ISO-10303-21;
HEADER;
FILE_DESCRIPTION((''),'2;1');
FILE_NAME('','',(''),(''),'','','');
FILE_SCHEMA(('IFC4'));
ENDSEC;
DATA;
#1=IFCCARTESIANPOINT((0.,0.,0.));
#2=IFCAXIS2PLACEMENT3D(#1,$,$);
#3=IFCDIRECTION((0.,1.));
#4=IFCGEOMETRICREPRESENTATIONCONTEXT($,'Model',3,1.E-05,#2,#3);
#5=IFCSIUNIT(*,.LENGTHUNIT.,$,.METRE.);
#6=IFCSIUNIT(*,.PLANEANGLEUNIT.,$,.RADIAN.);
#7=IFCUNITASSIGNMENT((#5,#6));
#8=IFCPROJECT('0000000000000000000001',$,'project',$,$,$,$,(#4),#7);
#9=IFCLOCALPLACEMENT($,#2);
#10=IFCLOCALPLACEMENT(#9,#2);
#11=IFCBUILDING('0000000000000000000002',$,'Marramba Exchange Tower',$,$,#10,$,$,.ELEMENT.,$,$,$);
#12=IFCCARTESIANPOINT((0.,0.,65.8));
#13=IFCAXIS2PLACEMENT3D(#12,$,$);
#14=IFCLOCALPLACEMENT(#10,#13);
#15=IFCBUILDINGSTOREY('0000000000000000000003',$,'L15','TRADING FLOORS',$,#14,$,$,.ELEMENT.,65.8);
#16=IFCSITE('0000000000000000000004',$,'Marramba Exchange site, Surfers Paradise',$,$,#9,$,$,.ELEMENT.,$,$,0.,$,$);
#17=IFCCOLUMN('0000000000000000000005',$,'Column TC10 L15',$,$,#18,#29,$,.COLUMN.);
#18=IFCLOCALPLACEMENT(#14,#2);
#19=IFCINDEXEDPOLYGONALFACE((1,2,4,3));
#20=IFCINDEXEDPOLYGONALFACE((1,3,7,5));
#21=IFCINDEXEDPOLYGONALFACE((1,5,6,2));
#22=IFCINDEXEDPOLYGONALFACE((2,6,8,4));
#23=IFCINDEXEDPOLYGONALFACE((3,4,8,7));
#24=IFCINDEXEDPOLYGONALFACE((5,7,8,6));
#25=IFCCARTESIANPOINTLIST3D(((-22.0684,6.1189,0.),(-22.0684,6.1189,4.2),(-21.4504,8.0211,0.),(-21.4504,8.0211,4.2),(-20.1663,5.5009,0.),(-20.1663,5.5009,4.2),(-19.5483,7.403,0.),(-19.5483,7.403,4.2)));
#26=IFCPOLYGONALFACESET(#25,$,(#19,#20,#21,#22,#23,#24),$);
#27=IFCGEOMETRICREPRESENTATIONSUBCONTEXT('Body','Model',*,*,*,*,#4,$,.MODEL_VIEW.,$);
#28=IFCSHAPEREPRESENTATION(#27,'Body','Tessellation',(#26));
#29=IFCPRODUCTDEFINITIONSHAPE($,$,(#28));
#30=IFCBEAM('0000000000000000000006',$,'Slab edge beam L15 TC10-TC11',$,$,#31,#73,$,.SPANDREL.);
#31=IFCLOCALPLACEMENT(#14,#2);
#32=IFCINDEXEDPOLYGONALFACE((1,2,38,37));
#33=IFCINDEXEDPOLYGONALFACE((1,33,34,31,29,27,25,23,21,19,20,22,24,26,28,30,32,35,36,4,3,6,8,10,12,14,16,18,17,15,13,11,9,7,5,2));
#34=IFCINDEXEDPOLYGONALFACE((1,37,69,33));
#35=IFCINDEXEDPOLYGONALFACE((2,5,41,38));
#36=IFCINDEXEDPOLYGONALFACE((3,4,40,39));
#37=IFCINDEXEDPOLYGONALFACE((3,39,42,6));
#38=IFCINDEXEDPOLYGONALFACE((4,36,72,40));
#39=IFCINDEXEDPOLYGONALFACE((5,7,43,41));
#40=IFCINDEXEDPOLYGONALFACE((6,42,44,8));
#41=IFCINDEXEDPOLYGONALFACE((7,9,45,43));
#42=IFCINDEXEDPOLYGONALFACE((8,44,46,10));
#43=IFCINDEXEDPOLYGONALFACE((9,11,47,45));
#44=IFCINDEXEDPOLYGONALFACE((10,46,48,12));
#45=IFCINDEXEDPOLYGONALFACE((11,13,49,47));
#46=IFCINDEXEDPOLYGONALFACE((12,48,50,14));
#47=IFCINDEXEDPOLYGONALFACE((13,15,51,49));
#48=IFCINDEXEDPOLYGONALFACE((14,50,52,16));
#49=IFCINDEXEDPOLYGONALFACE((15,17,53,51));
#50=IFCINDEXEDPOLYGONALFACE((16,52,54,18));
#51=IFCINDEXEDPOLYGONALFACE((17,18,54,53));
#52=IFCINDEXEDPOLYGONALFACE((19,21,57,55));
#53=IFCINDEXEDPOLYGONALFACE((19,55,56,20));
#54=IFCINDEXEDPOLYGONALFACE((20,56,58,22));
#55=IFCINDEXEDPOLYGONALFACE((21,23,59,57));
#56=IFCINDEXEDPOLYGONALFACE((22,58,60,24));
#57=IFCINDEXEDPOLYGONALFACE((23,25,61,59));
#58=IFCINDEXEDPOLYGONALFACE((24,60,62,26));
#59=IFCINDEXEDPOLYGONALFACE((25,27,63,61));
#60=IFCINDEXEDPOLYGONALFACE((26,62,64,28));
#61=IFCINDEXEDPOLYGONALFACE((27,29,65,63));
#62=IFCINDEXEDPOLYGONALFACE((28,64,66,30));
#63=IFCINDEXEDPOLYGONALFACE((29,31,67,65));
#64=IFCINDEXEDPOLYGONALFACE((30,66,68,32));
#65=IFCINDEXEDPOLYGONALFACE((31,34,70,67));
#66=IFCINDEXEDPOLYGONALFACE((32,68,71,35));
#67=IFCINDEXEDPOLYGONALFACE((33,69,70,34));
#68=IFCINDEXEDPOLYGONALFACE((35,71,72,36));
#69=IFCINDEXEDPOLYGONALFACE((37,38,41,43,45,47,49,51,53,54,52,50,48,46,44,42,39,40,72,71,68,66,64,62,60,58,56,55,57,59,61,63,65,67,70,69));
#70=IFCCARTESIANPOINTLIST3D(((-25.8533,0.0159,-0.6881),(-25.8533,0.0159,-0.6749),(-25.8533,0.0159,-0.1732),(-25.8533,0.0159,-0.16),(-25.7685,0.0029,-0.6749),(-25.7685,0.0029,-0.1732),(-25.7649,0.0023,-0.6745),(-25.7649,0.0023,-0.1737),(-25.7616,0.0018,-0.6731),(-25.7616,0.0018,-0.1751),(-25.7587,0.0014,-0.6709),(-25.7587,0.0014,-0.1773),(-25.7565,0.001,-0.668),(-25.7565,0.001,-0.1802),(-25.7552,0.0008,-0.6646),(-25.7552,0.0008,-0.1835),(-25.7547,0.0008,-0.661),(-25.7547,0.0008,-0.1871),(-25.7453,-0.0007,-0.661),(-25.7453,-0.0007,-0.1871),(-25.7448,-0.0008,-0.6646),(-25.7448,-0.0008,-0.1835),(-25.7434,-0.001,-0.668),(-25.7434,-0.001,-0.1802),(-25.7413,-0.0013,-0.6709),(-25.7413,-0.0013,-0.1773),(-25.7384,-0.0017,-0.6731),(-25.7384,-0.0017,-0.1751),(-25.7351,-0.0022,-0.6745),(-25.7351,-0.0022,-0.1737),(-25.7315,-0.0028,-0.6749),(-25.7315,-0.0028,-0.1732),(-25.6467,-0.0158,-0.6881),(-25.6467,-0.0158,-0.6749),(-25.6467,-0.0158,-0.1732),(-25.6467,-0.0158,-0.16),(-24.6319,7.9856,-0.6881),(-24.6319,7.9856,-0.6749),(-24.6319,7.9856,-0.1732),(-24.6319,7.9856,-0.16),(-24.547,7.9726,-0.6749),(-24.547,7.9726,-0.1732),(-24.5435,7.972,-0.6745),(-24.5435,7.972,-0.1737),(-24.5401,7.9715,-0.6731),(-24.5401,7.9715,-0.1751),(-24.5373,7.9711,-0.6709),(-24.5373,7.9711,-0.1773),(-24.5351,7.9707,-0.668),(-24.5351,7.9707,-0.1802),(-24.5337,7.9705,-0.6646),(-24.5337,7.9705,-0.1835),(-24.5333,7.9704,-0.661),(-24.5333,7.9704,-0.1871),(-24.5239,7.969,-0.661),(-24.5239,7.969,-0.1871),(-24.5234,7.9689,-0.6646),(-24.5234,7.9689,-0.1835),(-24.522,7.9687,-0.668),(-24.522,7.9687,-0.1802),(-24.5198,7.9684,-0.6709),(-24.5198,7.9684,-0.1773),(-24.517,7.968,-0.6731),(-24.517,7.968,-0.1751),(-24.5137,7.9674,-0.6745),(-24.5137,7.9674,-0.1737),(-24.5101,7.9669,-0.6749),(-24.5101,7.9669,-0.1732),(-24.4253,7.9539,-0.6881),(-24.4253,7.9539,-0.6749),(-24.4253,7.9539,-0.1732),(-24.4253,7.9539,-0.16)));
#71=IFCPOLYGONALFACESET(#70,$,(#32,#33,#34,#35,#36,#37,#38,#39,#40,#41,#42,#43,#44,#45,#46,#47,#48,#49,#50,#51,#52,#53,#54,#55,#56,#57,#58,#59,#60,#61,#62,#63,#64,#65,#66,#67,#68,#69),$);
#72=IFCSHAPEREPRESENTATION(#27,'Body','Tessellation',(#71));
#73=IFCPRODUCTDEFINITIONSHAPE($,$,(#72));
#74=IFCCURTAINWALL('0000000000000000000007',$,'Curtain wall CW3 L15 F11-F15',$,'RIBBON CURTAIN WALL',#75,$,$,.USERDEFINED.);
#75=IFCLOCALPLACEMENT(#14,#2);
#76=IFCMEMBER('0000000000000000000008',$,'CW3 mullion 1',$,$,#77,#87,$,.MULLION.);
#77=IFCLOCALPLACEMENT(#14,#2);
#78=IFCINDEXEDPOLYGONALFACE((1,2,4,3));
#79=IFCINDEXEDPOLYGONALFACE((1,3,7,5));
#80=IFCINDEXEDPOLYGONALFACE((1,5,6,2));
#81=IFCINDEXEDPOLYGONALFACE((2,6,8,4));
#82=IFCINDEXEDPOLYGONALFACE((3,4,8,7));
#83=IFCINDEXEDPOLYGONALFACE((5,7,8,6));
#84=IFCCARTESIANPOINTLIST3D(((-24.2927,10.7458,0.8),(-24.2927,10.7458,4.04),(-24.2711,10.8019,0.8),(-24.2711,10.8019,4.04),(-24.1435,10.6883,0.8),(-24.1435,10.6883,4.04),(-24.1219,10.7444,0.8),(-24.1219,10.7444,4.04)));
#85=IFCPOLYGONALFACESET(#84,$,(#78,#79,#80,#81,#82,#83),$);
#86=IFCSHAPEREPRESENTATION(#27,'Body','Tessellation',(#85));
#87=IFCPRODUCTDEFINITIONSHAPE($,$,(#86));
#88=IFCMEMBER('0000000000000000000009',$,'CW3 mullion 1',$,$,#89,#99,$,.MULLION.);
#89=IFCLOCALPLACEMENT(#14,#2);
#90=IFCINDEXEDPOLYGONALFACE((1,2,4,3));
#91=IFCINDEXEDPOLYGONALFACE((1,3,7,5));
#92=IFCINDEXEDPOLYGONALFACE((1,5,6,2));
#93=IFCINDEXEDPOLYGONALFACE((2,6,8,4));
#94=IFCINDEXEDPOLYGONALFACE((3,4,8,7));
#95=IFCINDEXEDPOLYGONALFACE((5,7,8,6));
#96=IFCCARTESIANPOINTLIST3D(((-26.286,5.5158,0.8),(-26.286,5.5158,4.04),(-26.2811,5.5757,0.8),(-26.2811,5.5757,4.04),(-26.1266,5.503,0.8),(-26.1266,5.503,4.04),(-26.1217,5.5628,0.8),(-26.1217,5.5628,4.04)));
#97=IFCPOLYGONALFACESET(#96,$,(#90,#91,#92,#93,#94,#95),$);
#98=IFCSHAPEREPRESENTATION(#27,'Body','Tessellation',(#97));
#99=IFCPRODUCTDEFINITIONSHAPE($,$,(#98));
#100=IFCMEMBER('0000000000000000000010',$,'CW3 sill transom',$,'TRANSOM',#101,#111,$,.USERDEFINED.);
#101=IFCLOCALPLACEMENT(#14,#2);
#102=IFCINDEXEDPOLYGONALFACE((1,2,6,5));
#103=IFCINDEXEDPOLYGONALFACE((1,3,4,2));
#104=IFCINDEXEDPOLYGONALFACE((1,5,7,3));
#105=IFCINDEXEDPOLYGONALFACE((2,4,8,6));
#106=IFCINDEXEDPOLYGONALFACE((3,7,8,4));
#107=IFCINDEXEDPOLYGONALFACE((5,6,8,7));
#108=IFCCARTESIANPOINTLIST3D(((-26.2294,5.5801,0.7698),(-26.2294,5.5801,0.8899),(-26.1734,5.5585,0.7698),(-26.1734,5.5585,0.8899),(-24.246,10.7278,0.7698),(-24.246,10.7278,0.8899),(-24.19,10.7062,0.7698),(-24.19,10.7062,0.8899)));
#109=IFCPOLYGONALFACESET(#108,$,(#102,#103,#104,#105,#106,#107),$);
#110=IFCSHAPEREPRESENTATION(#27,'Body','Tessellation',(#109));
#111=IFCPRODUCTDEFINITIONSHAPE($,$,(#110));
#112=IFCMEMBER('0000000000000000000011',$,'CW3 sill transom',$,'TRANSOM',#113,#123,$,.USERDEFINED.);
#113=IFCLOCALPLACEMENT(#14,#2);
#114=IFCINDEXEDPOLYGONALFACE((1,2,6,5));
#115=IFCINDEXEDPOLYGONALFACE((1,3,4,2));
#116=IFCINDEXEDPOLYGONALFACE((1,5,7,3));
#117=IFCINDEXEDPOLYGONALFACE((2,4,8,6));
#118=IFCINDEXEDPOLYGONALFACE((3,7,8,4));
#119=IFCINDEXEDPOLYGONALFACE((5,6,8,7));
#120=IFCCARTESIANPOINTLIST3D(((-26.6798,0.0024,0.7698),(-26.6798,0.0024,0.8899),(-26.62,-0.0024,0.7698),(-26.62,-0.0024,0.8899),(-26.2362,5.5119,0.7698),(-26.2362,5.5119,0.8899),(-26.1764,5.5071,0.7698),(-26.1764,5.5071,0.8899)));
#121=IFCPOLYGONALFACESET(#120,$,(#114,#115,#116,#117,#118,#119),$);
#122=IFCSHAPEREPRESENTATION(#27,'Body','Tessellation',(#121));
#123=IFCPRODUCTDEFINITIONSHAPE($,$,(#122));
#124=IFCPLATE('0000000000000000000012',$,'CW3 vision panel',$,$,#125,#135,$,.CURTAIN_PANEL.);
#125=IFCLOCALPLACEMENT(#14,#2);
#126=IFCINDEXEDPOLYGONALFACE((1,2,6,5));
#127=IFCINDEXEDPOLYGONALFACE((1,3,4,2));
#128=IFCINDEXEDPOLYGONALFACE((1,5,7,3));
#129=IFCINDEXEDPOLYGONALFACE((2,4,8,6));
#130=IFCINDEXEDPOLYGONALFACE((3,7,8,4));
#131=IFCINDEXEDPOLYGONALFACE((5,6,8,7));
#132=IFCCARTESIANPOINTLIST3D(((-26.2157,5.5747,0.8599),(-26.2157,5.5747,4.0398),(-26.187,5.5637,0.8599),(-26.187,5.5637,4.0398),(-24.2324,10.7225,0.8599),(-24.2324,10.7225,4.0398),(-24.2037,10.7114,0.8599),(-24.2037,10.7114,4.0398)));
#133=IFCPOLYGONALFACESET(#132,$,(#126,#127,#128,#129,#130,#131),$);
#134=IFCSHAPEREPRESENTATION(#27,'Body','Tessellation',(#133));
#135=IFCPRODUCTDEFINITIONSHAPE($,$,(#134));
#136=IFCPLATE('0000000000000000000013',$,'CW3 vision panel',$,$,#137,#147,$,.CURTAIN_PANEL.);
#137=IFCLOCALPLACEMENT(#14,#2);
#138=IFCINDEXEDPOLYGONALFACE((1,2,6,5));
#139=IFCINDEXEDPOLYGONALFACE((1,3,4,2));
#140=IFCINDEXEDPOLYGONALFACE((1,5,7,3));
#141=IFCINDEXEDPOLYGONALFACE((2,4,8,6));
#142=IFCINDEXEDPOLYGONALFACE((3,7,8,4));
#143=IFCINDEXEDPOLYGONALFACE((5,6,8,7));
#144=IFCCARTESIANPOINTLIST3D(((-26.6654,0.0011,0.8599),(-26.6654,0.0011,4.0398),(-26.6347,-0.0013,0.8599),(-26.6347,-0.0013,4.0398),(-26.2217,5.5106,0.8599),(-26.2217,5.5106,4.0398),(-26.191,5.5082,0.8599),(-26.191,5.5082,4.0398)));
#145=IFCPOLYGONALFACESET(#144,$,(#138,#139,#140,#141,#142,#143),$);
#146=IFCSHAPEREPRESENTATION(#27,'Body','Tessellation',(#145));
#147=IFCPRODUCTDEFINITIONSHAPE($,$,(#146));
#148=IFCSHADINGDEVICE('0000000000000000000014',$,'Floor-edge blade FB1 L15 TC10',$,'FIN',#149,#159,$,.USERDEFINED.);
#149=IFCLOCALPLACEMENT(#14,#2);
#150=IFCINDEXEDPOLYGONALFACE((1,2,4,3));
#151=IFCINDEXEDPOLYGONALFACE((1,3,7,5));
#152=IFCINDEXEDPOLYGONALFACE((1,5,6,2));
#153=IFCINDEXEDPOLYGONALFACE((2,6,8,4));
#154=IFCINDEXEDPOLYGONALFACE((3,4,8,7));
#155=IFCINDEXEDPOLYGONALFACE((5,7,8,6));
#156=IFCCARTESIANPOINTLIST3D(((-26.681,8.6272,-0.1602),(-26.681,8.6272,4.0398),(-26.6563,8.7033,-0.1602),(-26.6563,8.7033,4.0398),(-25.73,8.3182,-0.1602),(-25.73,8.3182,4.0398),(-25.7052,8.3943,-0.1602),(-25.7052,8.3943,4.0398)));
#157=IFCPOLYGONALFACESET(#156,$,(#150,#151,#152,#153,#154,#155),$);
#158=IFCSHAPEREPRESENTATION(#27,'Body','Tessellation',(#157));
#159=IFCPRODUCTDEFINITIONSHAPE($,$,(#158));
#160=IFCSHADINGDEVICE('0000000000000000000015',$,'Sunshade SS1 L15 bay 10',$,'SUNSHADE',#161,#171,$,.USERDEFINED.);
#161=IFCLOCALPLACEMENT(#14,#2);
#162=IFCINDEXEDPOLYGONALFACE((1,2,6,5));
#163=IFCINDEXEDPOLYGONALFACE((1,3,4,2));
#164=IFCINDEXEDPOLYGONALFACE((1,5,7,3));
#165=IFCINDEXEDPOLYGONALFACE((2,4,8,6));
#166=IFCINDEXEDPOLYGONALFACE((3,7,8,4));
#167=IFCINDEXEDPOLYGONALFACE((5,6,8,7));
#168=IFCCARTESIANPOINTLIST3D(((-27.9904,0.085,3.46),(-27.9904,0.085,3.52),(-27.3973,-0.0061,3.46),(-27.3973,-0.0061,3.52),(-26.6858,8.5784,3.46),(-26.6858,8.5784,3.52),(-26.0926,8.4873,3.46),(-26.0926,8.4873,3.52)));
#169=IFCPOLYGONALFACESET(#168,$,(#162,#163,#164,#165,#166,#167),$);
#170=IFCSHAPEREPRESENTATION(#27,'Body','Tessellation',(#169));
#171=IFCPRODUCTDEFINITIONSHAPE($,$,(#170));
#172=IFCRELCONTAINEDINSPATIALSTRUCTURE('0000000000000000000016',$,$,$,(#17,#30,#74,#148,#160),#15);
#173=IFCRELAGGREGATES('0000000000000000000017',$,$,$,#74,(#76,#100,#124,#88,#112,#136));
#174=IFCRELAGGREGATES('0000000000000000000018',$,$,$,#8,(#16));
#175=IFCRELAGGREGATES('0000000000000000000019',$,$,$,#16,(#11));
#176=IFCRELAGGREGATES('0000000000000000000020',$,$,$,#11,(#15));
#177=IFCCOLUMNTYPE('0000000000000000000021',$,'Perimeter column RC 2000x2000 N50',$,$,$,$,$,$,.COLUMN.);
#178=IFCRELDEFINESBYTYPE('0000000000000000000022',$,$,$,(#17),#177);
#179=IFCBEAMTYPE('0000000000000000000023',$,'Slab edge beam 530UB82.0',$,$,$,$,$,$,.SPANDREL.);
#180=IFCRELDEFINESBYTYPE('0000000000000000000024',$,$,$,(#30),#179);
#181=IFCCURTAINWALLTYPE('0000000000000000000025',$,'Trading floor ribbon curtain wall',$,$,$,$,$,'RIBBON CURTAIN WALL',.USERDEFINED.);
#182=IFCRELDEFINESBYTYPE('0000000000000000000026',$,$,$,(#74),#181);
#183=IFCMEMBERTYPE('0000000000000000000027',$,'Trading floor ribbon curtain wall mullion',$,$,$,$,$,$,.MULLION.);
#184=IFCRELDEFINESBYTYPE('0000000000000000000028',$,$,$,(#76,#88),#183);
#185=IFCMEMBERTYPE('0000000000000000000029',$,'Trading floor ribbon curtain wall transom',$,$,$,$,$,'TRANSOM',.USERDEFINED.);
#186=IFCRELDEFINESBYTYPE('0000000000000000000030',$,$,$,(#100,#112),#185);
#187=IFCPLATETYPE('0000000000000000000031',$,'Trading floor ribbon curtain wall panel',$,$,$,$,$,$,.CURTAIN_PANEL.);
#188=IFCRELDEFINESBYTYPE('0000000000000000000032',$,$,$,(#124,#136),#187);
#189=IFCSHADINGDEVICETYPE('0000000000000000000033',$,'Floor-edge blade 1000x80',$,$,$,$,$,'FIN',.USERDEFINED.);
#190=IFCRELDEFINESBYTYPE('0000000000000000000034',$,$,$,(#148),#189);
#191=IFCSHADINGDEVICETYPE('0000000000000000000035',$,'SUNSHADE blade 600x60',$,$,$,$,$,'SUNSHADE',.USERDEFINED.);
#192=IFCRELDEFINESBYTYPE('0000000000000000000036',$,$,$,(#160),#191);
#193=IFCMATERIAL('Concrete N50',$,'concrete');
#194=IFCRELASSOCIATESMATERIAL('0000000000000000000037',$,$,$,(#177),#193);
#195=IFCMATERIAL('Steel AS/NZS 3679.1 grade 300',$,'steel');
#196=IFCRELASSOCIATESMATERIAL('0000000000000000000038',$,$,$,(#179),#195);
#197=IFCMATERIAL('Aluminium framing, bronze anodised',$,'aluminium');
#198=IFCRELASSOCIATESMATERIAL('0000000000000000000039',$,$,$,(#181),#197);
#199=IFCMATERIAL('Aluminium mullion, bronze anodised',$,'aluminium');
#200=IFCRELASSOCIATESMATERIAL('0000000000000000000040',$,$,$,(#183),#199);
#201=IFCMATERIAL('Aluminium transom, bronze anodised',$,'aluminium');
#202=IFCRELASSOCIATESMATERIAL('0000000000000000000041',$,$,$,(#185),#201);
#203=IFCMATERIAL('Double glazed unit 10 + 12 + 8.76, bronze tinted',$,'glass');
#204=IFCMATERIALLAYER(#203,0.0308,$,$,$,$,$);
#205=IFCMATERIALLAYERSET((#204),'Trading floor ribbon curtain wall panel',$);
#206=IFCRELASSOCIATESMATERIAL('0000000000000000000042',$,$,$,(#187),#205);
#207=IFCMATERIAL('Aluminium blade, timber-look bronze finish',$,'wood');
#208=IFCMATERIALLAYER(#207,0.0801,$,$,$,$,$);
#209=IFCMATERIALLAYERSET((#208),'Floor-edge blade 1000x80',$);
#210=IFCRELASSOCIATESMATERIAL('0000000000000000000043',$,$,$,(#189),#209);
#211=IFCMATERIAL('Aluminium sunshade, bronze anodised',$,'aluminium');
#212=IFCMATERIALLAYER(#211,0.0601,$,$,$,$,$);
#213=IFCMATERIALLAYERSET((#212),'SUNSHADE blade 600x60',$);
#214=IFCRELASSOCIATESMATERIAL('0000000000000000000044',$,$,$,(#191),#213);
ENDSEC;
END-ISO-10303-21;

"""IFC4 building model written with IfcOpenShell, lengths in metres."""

from ifc_helpers import new_model, si_unit, direction, frame, origin, origin_2d, place, context, subcontext, project, spatial, rectangle, i_section, extrude, material, layer, layer_set, material_profile, profile_set, type_object, element, aggregate, save


model = new_model("IFC4")

# Units and contexts
model_context = context("Model", 3, precision=1e-05, world=origin(), true_north=direction((0.0, 1.0)))
body_context = subcontext(model_context, "Body", "Model", "MODEL_VIEW")
ifc_project = project(units=[si_unit("LENGTHUNIT", "METRE"), si_unit("PLANEANGLEUNIT", "RADIAN")], contexts=[model_context])

# Site, building, storey
site_placement = place(None, origin())
site = spatial("IfcSite", under=ifc_project, at=site_placement, Name="Marramba Exchange site, Surfers Paradise", CompositionType="ELEMENT", RefElevation=0.0)
building_placement = place(site_placement, origin())
building = spatial("IfcBuilding", under=site, at=building_placement, Name="Marramba Exchange Tower", CompositionType="ELEMENT")
storey_placement = place(building_placement, frame((0.0, 0.0, 65.8)))
storey = spatial("IfcBuildingStorey", under=building, at=storey_placement, Name="L15", Description="TRADING FLOORS", CompositionType="ELEMENT", Elevation=65.8)

# Column
ifc_material_1 = material(Name="Concrete N50", Category="concrete")
ifc_material_profile_1 = material_profile(ifc_material_1, rectangle(XDim=2.0, YDim=2.0, at=origin_2d()), Name="RC 2000x2000")
ifc_profile_set_1 = profile_set([ifc_material_profile_1], Name="Concrete N50")
column_type = type_object("IfcColumnType", Name="Perimeter column RC 2000x2000 N50", PredefinedType="COLUMN", material=ifc_profile_set_1)
column_placement = place(storey_placement, frame((-20.8083, 6.761, 0.0), z_axis=(0.0, 0.0, 1.0), x_axis=(-0.951057, 0.309017, 0.0)))
element("IfcColumn", 1, at=column_placement, inside=storey, type_object=column_type, Name="Column TC10 L15", PredefinedType="COLUMN", context=body_context, shape_type="SweptSolid", body=[
    extrude(rectangle(XDim=2.0, YDim=2.0, at=origin_2d()), origin(), (0.0, 0.0, 1.0), 4.2),
])

# Beam
ifc_material_2 = material(Name="Steel AS/NZS 3679.1 grade 300", Category="steel")
ifc_material_profile_2 = material_profile(ifc_material_2, i_section(OverallWidth=0.209, OverallDepth=0.5281, WebThickness=0.0095, FlangeThickness=0.0132, FilletRadius=0.0139, at=origin_2d()), Name="530UB82.0")
ifc_profile_set_2 = profile_set([ifc_material_profile_2], Name="Steel AS/NZS 3679.1 grade 300")
beam_type = type_object("IfcBeamType", Name="Slab edge beam 530UB82.0", PredefinedType="SPANDREL", material=ifc_profile_set_2)
beam_placement = place(storey_placement, frame((-24.5286, 7.9697, -0.4241), z_axis=(-0.151491, -0.988459, 0.0), x_axis=(0.988459, -0.151491, 0.0)))
element("IfcBeam", 2, at=beam_placement, inside=storey, type_object=beam_type, Name="Slab edge beam L15 TC10-TC11", PredefinedType="SPANDREL", context=body_context, shape_type="SweptSolid", body=[
    extrude(i_section(OverallWidth=0.209, OverallDepth=0.5281, WebThickness=0.0095, FlangeThickness=0.0132, FilletRadius=0.0139, at=origin_2d()), origin(), (0.0, 0.0, 1.0), 8.0627),
])

# Curtain wall, members, plates
ifc_material_3 = material(Name="Aluminium framing, bronze anodised", Category="aluminium")
curtain_wall_type = type_object("IfcCurtainWallType", Name="Trading floor ribbon curtain wall", ElementType="RIBBON CURTAIN WALL", PredefinedType="USERDEFINED", material=ifc_material_3)
curtain_wall_placement = place(storey_placement, origin())
curtain_wall = element("IfcCurtainWall", 3, at=curtain_wall_placement, inside=storey, type_object=curtain_wall_type, Name="Curtain wall CW3 L15 F11-F15", ObjectType="RIBBON CURTAIN WALL", PredefinedType="USERDEFINED")
ifc_material_4 = material(Name="Aluminium mullion, bronze anodised", Category="aluminium")
ifc_material_profile_3 = material_profile(ifc_material_4, rectangle(XDim=0.1599, YDim=0.0601, at=origin_2d()), Name="CW3 mullion 60x160")
ifc_profile_set_3 = profile_set([ifc_material_profile_3], Name="Aluminium mullion, bronze anodised")
member_type_1 = type_object("IfcMemberType", Name="Trading floor ribbon curtain wall mullion", PredefinedType="MULLION", material=ifc_profile_set_3)
member_1_placement = place(storey_placement, frame((-24.2073, 10.7451, 0.8), z_axis=(0.0, 0.0, 1.0), x_axis=(0.933135, -0.359526, 0.0)))
member_1 = element("IfcMember", 4, at=member_1_placement, type_object=member_type_1, Name="CW3 mullion 1", PredefinedType="MULLION", context=body_context, shape_type="SweptSolid", body=[
    extrude(rectangle(XDim=0.1599, YDim=0.0601, at=origin_2d()), origin(), (0.0, 0.0, 1.0), 3.24),
])
member_2_placement = place(storey_placement, frame((-26.2039, 5.5393, 0.8), z_axis=(0.0, 0.0, 1.0), x_axis=(0.996773, -0.080275, 0.0)))
member_2 = element("IfcMember", 5, at=member_2_placement, type_object=member_type_1, Name="CW3 mullion 1", PredefinedType="MULLION", context=body_context, shape_type="SweptSolid", body=[
    extrude(rectangle(XDim=0.1599, YDim=0.0601, at=origin_2d()), origin(), (0.0, 0.0, 1.0), 3.24),
])
ifc_material_5 = material(Name="Aluminium transom, bronze anodised", Category="aluminium")
ifc_material_profile_4 = material_profile(ifc_material_5, rectangle(XDim=0.0601, YDim=0.1201, at=origin_2d()), Name="CW3 transom 60x120")
ifc_profile_set_4 = profile_set([ifc_material_profile_4], Name="Aluminium transom, bronze anodised")
member_type_2 = type_object("IfcMemberType", Name="Trading floor ribbon curtain wall transom", ElementType="TRANSOM", PredefinedType="USERDEFINED", material=ifc_profile_set_4)
member_3_placement = place(storey_placement, frame((-24.218, 10.717, 0.8298), z_axis=(-0.359534, -0.933132, 0.0), x_axis=(0.933132, -0.359534, 0.0)))
member_3 = element("IfcMember", 6, at=member_3_placement, type_object=member_type_2, Name="CW3 sill transom", ObjectType="TRANSOM", PredefinedType="USERDEFINED", context=body_context, shape_type="SweptSolid", body=[
    extrude(rectangle(XDim=0.0601, YDim=0.1201, at=origin_2d()), origin(), (0.0, 0.0, 1.0), 5.5166),
])
member_4_placement = place(storey_placement, frame((-26.2063, 5.5095, 0.8298), z_axis=(-0.080256, -0.996774, 0.0), x_axis=(0.996774, -0.080256, 0.0)))
member_4 = element("IfcMember", 7, at=member_4_placement, type_object=member_type_2, Name="CW3 sill transom", ObjectType="TRANSOM", PredefinedType="USERDEFINED", context=body_context, shape_type="SweptSolid", body=[
    extrude(rectangle(XDim=0.0601, YDim=0.1201, at=origin_2d()), origin(), (0.0, 0.0, 1.0), 5.5273),
])
ifc_material_6 = material(Name="Double glazed unit 10 + 12 + 8.76, bronze tinted", Category="glass")
ifc_layer_1 = layer(ifc_material_6, 0.0308)
ifc_layer_set_1 = layer_set([ifc_layer_1], Name="Trading floor ribbon curtain wall panel")
plate_type = type_object("IfcPlateType", Name="Trading floor ribbon curtain wall panel", PredefinedType="CURTAIN_PANEL", material=ifc_layer_set_1)
plate_1_placement = place(storey_placement, frame((-25.2097, 8.1431, 0.8599), z_axis=(0.0, 0.0, 1.0), x_axis=(-0.359526, -0.933135, 0.0)))
plate_1 = element("IfcPlate", 8, at=plate_1_placement, type_object=plate_type, Name="CW3 vision panel", PredefinedType="CURTAIN_PANEL", context=body_context, shape_type="SweptSolid", body=[
    extrude(rectangle(XDim=5.5166, YDim=0.0308, at=origin_2d()), origin(), (0.0, 0.0, 1.0), 3.1799),
])
plate_2_placement = place(storey_placement, frame((-26.4282, 2.7546, 0.8599), z_axis=(0.0, 0.0, 1.0), x_axis=(-0.080275, -0.996773, 0.0)))
plate_2 = element("IfcPlate", 9, at=plate_2_placement, type_object=plate_type, Name="CW3 vision panel", PredefinedType="CURTAIN_PANEL", context=body_context, shape_type="SweptSolid", body=[
    extrude(rectangle(XDim=5.5273, YDim=0.0308, at=origin_2d()), origin(), (0.0, 0.0, 1.0), 3.1799),
])
aggregate(curtain_wall, [member_1, member_3, plate_1, member_2, member_4, plate_2])

# Shading devices
ifc_material_7 = material(Name="Aluminium blade, timber-look bronze finish", Category="wood")
ifc_layer_2 = layer(ifc_material_7, 0.0801)
ifc_layer_set_2 = layer_set([ifc_layer_2], Name="Floor-edge blade 1000x80")
shading_device_type_1 = type_object("IfcShadingDeviceType", Name="Floor-edge blade 1000x80", ElementType="FIN", PredefinedType="USERDEFINED", material=ifc_layer_set_2)
shading_device_1_placement = place(storey_placement, frame((-26.1931, 8.5107, -0.1602), z_axis=(0.0, 0.0, 1.0), x_axis=(-0.951057, 0.309017, 0.0)))
element("IfcShadingDevice", 10, at=shading_device_1_placement, inside=storey, type_object=shading_device_type_1, Name="Floor-edge blade FB1 L15 TC10", ObjectType="FIN", PredefinedType="USERDEFINED", context=body_context, shape_type="SweptSolid", body=[
    extrude(rectangle(XDim=1.0, YDim=0.0801, at=origin_2d()), origin(), (0.0, 0.0, 1.0), 4.2),
])
ifc_material_8 = material(Name="Aluminium sunshade, bronze anodised", Category="aluminium")
ifc_layer_3 = layer(ifc_material_8, 0.0601)
ifc_layer_set_3 = layer_set([ifc_layer_3], Name="SUNSHADE blade 600x60")
shading_device_type_2 = type_object("IfcShadingDeviceType", Name="SUNSHADE blade 600x60", ElementType="SUNSHADE", PredefinedType="USERDEFINED", material=ifc_layer_set_3)
shading_device_2_placement = place(storey_placement, frame((-27.0415, 4.2861, 3.46), z_axis=(0.0, 0.0, 1.0), x_axis=(-0.151825, -0.988407, 0.0)))
element("IfcShadingDevice", 11, at=shading_device_2_placement, inside=storey, type_object=shading_device_type_2, Name="Sunshade SS1 L15 bay 10", ObjectType="SUNSHADE", PredefinedType="USERDEFINED", context=body_context, shape_type="SweptSolid", body=[
    extrude(rectangle(XDim=8.593, YDim=0.6001, at=origin_2d()), origin(), (0.0, 0.0, 1.0), 0.0601),
])

save(model, "model.ifc")
